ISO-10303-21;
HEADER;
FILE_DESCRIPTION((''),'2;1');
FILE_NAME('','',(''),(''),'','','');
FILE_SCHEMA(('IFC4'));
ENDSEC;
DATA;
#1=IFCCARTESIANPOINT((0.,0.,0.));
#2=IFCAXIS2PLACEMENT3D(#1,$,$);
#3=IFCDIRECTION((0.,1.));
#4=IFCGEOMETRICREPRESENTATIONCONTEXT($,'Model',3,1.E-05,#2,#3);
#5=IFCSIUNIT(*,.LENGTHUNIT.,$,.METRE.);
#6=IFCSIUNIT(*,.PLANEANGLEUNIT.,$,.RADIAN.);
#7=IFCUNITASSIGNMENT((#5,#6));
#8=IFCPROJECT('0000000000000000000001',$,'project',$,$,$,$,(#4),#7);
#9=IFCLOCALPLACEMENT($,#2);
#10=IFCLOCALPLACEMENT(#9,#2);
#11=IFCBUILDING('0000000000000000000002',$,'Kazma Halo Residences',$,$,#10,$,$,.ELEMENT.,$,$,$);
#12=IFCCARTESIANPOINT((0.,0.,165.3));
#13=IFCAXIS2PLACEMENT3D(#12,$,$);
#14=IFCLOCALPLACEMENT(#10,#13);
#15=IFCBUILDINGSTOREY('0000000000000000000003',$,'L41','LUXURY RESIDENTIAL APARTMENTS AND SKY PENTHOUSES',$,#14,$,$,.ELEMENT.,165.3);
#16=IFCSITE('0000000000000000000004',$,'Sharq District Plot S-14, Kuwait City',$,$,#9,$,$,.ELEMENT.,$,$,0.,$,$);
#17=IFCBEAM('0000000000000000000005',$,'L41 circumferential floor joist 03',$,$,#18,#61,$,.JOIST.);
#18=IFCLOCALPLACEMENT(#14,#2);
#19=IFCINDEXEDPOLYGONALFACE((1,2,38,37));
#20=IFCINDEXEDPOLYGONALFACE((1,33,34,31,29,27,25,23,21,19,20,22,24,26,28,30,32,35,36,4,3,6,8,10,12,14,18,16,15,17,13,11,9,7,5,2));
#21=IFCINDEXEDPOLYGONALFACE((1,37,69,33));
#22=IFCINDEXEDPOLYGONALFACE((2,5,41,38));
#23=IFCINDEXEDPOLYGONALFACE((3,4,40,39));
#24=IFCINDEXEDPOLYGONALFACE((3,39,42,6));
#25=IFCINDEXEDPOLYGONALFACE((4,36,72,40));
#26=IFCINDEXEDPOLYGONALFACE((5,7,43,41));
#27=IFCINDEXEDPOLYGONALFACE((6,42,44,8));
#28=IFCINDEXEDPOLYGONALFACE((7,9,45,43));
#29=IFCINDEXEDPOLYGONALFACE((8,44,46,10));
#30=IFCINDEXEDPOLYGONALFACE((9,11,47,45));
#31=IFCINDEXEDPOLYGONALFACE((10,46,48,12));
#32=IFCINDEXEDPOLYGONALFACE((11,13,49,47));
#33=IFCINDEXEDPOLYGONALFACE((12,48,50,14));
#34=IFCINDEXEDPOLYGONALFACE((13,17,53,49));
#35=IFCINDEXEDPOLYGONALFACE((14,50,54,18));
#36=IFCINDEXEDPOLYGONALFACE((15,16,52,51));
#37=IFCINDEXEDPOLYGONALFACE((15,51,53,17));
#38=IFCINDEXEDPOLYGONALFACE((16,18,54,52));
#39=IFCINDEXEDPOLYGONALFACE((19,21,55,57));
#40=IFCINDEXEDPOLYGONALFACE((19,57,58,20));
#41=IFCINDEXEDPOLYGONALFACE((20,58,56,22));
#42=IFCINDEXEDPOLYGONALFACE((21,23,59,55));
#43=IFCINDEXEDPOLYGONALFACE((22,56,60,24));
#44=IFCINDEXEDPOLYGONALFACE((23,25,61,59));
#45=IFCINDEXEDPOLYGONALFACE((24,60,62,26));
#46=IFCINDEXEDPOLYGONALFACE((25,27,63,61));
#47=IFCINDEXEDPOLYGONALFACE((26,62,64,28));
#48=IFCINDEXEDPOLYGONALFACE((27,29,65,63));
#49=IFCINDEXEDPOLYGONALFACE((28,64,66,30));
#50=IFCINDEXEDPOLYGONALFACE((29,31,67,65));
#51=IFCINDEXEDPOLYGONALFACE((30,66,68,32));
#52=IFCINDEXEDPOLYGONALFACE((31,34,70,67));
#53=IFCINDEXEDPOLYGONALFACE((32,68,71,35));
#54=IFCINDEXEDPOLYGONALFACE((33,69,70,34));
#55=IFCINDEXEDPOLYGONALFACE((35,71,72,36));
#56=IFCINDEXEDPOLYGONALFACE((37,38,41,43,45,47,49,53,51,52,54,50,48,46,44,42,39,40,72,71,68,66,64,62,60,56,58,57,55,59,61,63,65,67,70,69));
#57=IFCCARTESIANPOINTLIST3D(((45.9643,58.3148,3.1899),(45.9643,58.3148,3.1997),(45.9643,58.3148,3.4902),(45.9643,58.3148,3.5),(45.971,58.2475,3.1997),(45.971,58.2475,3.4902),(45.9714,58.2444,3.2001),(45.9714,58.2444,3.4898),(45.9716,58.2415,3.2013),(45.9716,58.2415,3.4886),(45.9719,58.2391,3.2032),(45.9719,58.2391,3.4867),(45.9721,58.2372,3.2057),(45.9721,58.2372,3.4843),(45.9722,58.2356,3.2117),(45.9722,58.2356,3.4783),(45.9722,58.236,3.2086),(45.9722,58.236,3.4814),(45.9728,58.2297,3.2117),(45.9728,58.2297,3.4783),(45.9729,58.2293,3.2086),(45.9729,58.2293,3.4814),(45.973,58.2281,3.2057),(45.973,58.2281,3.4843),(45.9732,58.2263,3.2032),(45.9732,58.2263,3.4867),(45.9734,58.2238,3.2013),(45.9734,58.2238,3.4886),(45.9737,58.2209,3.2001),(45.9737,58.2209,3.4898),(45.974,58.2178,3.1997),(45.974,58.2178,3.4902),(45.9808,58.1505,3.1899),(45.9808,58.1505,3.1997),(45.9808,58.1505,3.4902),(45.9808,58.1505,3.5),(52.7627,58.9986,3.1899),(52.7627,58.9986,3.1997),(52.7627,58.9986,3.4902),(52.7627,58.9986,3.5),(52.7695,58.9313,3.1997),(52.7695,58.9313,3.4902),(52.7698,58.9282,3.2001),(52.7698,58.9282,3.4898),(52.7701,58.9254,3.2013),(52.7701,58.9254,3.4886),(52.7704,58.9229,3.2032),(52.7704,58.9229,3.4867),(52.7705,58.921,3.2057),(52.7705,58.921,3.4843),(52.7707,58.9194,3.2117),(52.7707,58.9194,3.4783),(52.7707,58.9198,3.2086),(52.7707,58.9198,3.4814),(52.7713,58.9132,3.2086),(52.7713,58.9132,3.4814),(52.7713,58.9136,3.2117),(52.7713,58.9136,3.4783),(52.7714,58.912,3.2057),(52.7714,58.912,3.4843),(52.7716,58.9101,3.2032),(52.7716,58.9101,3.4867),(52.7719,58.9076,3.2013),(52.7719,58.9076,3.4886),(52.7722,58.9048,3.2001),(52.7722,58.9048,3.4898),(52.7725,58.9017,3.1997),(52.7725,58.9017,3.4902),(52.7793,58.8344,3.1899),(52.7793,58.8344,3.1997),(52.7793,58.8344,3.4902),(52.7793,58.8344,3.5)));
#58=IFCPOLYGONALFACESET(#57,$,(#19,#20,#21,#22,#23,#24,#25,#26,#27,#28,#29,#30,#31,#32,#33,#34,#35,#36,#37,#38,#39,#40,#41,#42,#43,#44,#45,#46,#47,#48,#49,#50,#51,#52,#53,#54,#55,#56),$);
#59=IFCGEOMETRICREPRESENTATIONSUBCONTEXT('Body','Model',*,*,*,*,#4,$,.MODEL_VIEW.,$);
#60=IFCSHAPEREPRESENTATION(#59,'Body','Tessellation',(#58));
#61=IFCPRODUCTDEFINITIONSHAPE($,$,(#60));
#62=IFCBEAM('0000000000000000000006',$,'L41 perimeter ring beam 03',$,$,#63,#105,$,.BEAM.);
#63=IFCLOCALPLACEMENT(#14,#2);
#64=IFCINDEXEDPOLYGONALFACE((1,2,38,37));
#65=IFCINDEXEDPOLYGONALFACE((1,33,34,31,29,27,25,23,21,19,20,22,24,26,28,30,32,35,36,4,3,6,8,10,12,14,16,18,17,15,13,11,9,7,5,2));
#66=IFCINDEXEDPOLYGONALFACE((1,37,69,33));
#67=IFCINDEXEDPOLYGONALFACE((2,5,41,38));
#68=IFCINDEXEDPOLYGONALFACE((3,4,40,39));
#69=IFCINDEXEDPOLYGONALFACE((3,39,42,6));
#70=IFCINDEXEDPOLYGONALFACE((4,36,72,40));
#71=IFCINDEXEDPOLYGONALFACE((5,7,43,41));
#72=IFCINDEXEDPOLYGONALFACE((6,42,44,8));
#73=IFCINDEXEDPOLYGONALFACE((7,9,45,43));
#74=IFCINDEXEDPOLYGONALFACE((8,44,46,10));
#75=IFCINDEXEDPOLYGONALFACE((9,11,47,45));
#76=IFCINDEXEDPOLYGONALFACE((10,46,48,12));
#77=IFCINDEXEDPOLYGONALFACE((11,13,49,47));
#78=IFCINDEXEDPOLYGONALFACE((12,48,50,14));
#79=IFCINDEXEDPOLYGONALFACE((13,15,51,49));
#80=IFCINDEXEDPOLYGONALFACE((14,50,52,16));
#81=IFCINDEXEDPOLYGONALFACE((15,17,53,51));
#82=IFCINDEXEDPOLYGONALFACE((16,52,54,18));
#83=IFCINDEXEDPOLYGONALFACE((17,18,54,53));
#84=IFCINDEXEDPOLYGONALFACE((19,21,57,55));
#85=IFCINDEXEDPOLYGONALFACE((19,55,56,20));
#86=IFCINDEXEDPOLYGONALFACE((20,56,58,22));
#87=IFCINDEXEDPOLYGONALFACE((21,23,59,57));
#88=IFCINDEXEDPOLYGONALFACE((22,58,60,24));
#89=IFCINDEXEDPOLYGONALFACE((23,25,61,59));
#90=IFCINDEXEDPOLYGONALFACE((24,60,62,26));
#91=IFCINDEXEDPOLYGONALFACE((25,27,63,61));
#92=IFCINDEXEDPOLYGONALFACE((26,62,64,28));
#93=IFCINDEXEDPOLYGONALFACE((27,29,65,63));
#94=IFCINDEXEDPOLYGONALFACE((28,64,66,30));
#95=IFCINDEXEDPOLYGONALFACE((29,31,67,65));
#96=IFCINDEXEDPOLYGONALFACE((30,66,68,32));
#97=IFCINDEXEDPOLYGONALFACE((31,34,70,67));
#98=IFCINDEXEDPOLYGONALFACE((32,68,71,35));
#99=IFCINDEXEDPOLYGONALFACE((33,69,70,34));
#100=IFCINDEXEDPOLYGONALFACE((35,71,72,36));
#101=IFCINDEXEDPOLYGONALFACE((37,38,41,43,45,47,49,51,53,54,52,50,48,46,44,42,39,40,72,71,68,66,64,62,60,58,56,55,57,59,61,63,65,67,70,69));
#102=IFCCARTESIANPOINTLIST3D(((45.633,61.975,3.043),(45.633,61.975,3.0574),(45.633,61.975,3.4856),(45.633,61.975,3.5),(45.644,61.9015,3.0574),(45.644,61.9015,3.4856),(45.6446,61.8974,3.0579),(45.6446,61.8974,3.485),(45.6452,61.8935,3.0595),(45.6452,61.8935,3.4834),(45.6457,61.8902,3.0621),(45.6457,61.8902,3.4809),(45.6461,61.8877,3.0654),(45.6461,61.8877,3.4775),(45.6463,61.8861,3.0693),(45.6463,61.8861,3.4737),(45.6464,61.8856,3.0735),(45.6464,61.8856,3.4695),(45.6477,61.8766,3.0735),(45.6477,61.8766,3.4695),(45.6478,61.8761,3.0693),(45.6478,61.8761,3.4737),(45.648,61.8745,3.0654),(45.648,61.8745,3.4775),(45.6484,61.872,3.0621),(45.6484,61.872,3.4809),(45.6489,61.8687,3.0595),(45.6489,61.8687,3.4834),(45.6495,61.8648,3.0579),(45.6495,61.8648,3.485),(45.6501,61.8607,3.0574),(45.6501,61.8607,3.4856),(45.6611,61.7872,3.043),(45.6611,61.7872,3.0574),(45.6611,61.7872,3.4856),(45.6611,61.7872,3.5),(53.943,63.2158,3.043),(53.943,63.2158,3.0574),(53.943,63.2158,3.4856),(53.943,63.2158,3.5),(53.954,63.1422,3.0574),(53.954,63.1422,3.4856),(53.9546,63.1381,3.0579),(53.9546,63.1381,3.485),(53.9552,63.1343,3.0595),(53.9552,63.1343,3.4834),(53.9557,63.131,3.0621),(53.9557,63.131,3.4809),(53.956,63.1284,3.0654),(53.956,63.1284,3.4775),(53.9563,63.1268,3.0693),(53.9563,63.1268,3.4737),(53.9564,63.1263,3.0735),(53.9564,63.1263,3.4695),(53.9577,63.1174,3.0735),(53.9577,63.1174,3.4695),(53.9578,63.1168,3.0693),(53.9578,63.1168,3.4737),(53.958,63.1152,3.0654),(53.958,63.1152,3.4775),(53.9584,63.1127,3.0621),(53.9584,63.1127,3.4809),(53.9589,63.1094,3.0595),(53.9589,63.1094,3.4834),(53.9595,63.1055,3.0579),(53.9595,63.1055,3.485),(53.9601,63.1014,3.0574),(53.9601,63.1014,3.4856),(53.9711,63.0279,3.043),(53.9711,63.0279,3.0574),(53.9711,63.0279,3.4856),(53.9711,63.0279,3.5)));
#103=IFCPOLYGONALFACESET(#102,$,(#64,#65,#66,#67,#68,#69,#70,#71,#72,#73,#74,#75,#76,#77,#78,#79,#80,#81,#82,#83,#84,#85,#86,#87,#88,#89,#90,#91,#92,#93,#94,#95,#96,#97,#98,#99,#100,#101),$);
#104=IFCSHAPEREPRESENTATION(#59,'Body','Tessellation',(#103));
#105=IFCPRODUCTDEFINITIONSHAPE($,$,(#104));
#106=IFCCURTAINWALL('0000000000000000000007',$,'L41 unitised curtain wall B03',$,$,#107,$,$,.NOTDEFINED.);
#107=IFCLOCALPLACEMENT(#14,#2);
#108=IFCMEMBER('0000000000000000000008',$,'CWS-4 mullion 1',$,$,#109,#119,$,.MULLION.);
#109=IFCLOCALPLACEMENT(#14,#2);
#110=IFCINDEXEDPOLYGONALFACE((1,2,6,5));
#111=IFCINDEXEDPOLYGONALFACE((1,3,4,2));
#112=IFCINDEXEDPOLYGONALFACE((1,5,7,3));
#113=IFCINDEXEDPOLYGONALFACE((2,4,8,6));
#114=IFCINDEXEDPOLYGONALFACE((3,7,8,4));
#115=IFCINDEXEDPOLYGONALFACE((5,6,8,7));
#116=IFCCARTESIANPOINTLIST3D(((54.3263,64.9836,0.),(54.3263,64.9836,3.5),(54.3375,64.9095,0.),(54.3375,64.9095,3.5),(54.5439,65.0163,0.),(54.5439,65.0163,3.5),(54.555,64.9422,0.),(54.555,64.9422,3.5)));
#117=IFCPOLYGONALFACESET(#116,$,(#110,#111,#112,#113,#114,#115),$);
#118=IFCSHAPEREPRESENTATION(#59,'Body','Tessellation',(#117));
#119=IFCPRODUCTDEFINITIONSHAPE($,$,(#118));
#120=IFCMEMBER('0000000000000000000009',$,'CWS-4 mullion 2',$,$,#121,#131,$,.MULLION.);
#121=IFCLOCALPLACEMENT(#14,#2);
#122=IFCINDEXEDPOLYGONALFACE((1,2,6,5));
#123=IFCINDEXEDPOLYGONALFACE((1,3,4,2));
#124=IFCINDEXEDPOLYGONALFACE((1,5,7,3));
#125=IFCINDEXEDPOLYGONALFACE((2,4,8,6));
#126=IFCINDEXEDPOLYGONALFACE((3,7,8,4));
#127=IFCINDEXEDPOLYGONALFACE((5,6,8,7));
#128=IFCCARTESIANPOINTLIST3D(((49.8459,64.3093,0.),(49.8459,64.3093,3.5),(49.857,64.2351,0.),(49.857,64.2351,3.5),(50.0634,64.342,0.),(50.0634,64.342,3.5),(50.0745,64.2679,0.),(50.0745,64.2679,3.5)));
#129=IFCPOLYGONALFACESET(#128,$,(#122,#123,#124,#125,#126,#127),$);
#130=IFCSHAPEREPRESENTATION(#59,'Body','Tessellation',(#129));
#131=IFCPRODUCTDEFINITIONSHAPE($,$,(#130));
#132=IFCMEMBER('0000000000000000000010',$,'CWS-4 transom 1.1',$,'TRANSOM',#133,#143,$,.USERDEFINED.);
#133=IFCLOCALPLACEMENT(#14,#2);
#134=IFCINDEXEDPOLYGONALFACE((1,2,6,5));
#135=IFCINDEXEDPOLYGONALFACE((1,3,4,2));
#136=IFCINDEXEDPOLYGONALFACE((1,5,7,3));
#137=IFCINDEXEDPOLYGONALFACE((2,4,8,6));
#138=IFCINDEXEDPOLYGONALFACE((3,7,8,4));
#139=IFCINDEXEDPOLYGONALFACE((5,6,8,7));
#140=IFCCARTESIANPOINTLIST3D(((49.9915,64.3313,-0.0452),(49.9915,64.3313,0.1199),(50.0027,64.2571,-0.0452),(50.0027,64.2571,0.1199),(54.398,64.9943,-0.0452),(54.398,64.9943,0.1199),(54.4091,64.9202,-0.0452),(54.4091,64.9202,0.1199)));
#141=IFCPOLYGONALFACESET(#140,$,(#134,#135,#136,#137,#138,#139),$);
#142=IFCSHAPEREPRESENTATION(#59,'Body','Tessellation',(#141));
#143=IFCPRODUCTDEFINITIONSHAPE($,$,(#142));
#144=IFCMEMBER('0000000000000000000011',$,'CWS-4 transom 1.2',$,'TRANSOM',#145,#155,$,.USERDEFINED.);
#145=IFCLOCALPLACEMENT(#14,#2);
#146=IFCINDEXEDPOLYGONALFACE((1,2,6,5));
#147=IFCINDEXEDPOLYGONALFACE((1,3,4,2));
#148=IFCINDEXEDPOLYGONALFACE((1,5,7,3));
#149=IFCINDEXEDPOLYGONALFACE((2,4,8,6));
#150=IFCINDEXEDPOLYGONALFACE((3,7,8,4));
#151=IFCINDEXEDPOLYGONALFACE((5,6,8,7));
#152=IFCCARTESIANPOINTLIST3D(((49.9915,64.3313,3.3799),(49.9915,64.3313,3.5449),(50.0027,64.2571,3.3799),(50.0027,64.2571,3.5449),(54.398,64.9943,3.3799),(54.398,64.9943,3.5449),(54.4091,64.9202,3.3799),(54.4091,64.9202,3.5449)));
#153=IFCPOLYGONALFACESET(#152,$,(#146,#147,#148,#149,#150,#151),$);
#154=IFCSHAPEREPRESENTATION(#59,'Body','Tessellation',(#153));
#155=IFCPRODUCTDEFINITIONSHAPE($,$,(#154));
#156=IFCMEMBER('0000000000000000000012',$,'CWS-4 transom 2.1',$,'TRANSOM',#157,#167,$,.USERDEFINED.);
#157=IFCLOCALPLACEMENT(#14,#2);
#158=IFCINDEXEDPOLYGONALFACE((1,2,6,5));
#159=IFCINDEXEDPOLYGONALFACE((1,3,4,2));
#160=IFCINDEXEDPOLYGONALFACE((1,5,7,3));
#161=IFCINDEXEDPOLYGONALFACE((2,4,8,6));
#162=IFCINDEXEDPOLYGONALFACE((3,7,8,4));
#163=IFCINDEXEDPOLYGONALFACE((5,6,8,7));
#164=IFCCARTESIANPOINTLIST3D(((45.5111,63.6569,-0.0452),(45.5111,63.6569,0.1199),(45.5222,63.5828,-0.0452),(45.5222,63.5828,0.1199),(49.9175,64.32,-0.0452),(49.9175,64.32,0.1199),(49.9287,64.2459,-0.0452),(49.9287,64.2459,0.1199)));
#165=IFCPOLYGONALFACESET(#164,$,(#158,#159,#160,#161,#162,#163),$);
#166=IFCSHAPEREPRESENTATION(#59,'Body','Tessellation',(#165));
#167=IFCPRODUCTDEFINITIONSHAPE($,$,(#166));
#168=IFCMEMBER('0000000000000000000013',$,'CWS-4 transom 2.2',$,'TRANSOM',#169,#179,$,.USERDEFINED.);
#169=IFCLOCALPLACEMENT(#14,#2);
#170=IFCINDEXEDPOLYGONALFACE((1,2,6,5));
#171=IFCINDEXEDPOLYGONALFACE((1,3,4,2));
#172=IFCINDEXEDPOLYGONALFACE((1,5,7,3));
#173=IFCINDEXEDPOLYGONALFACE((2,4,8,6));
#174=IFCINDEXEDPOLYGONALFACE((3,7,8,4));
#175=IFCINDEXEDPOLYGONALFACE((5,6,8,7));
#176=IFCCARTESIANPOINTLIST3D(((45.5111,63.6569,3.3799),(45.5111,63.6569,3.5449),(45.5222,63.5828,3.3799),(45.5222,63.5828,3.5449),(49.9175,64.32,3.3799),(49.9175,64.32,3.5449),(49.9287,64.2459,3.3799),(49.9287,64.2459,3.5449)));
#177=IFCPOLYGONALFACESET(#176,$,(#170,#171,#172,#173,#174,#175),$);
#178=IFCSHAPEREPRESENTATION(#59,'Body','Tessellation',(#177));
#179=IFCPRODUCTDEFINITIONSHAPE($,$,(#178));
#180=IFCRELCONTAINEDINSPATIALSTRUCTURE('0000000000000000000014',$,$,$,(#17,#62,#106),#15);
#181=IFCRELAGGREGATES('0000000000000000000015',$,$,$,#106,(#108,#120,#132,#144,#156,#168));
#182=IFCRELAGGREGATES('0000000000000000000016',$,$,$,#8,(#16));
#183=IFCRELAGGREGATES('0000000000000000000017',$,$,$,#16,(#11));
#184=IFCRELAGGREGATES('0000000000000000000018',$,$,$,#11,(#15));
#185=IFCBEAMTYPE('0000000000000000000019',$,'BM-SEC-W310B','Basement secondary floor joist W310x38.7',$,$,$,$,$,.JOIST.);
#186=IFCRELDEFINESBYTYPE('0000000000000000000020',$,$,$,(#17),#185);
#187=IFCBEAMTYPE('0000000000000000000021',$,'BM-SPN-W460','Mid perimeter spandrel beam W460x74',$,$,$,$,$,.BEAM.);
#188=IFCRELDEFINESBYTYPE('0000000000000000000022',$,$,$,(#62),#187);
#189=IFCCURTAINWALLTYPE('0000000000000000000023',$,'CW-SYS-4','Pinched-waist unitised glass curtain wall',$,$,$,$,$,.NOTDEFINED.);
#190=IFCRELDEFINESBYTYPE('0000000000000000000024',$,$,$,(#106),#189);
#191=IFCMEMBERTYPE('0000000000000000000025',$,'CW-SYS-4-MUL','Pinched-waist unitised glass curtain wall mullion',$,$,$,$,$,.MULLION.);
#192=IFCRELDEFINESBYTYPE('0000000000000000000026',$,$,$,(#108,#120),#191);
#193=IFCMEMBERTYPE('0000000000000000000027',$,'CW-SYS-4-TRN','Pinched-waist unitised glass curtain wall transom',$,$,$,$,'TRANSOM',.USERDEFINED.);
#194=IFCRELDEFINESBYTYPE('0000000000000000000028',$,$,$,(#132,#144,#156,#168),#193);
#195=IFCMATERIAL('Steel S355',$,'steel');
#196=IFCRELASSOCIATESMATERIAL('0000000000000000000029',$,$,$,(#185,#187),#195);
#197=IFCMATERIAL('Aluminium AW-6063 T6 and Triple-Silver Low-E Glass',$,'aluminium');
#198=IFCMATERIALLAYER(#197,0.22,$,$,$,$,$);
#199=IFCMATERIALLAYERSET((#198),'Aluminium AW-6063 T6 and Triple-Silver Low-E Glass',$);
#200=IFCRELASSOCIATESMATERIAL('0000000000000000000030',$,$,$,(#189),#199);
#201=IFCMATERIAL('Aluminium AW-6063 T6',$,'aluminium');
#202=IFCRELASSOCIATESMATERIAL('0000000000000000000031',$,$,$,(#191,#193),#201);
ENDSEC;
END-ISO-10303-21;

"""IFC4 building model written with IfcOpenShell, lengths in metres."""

from ifc_helpers import new_model, si_unit, direction, frame, origin, origin_2d, place, context, subcontext, project, spatial, rectangle, i_section, extrude, material, layer, layer_set, material_profile, profile_set, type_object, element, aggregate, save


model = new_model("IFC4")

# Units and contexts
model_context = context("Model", 3, precision=1e-05, world=origin(), true_north=direction((0.0, 1.0)))
body_context = subcontext(model_context, "Body", "Model", "MODEL_VIEW")
ifc_project = project(units=[si_unit("LENGTHUNIT", "METRE"), si_unit("PLANEANGLEUNIT", "RADIAN")], contexts=[model_context])

# Site, building, storey
site_placement = place(None, origin())
site = spatial("IfcSite", under=ifc_project, at=site_placement, Name="Sharq District Plot S-14, Kuwait City", CompositionType="ELEMENT", RefElevation=0.0)
building_placement = place(site_placement, origin())
building = spatial("IfcBuilding", under=site, at=building_placement, Name="Kazma Halo Residences", CompositionType="ELEMENT")
storey_placement = place(building_placement, frame((0.0, 0.0, 165.3)))
storey = spatial("IfcBuildingStorey", under=building, at=storey_placement, Name="L41", Description="LUXURY RESIDENTIAL APARTMENTS AND SKY PENTHOUSES", CompositionType="ELEMENT", Elevation=165.3)

# Beams
ifc_material_1 = material(Name="Steel S355", Category="steel")
ifc_material_profile_1 = material_profile(ifc_material_1, i_section(OverallWidth=0.165, OverallDepth=0.3101, WebThickness=0.0059, FlangeThickness=0.0098, FilletRadius=0.012, at=origin_2d()), Name="W310x38.7")
ifc_profile_set_1 = profile_set([ifc_material_profile_1], Name="Steel S355")
beam_type_1 = type_object("IfcBeamType", Name="BM-SEC-W310B", Description="Basement secondary floor joist W310x38.7", PredefinedType="JOIST", material=ifc_profile_set_1)
beam_1_placement = place(storey_placement, frame((52.771, 58.9165, 3.345), z_axis=(-0.994979, -0.100084, 0.0), x_axis=(0.100084, -0.994979, 0.0)))
element("IfcBeam", 1, at=beam_1_placement, inside=storey, type_object=beam_type_1, Name="L41 circumferential floor joist 03", PredefinedType="JOIST", context=body_context, shape_type="SweptSolid", body=[
    extrude(i_section(OverallWidth=0.165, OverallDepth=0.3101, WebThickness=0.0059, FlangeThickness=0.0098, FilletRadius=0.012, at=origin_2d()), origin(), (0.0, 0.0, 1.0), 6.8328),
])
ifc_material_profile_2 = material_profile(ifc_material_1, i_section(OverallWidth=0.1899, OverallDepth=0.457, WebThickness=0.009, FlangeThickness=0.0144, FilletRadius=0.0161, at=origin_2d()), Name="W460x74")
ifc_profile_set_2 = profile_set([ifc_material_profile_2], Name="Steel S355")
beam_type_2 = type_object("IfcBeamType", Name="BM-SPN-W460", Description="Mid perimeter spandrel beam W460x74", PredefinedType="BEAM", material=ifc_profile_set_2)
beam_2_placement = place(storey_placement, frame((53.957, 63.1218, 3.2715), z_axis=(-0.989037, -0.147667, 0.0), x_axis=(0.147667, -0.989037, 0.0)))
element("IfcBeam", 2, at=beam_2_placement, inside=storey, type_object=beam_type_2, Name="L41 perimeter ring beam 03", PredefinedType="BEAM", context=body_context, shape_type="SweptSolid", body=[
    extrude(i_section(OverallWidth=0.1899, OverallDepth=0.457, WebThickness=0.009, FlangeThickness=0.0144, FilletRadius=0.0161, at=origin_2d()), origin(), (0.0, 0.0, 1.0), 8.4021),
])

# Curtain wall, members
ifc_material_2 = material(Name="Aluminium AW-6063 T6 and Triple-Silver Low-E Glass", Category="aluminium")
ifc_layer_1 = layer(ifc_material_2, 0.22)
ifc_layer_set_1 = layer_set([ifc_layer_1], Name="Aluminium AW-6063 T6 and Triple-Silver Low-E Glass")
curtain_wall_type = type_object("IfcCurtainWallType", Name="CW-SYS-4", Description="Pinched-waist unitised glass curtain wall", PredefinedType="NOTDEFINED", material=ifc_layer_set_1)
curtain_wall_placement = place(storey_placement, origin())
curtain_wall = element("IfcCurtainWall", 3, at=curtain_wall_placement, inside=storey, type_object=curtain_wall_type, Name="L41 unitised curtain wall B03", PredefinedType="NOTDEFINED")
ifc_material_3 = material(Name="Aluminium AW-6063 T6", Category="aluminium")
ifc_material_profile_3 = material_profile(ifc_material_3, rectangle(XDim=0.075, YDim=0.22, at=origin_2d()), Name="CWM-75x220")
ifc_profile_set_3 = profile_set([ifc_material_profile_3], Name="Aluminium AW-6063 T6")
member_type_1 = type_object("IfcMemberType", Name="CW-SYS-4-MUL", Description="Pinched-waist unitised glass curtain wall mullion", PredefinedType="MULLION", material=ifc_profile_set_3)
member_1_placement = place(storey_placement, frame((54.4407, 64.9629, 0.0), z_axis=(0.0, 0.0, 1.0), x_axis=(0.148821, -0.988864, 0.0)))
member_1 = element("IfcMember", 4, at=member_1_placement, type_object=member_type_1, Name="CWS-4 mullion 1", PredefinedType="MULLION", context=body_context, shape_type="SweptSolid", body=[
    extrude(rectangle(XDim=0.075, YDim=0.22, at=origin_2d()), origin(), (0.0, 0.0, 1.0), 3.5),
])
member_2_placement = place(storey_placement, frame((49.9602, 64.2886, 0.0), z_axis=(0.0, 0.0, 1.0), x_axis=(0.148821, -0.988864, 0.0)))
member_2 = element("IfcMember", 5, at=member_2_placement, type_object=member_type_1, Name="CWS-4 mullion 2", PredefinedType="MULLION", context=body_context, shape_type="SweptSolid", body=[
    extrude(rectangle(XDim=0.075, YDim=0.22, at=origin_2d()), origin(), (0.0, 0.0, 1.0), 3.5),
])
ifc_material_profile_4 = material_profile(ifc_material_3, rectangle(XDim=0.075, YDim=0.165, at=origin_2d()), Name="CWT-75x165")
ifc_profile_set_4 = profile_set([ifc_material_profile_4], Name="Aluminium AW-6063 T6")
member_type_2 = type_object("IfcMemberType", Name="CW-SYS-4-TRN", Description="Pinched-waist unitised glass curtain wall transom", ElementType="TRANSOM", PredefinedType="USERDEFINED", material=ifc_profile_set_4)
member_3_placement = place(storey_placement, frame((54.4036, 64.9573, 0.0374), z_axis=(-0.988867, -0.148804, 0.0), x_axis=(0.148804, -0.988867, 0.0)))
member_3 = element("IfcMember", 6, at=member_3_placement, type_object=member_type_2, Name="CWS-4 transom 1.1", ObjectType="TRANSOM", PredefinedType="USERDEFINED", context=body_context, shape_type="SweptSolid", body=[
    extrude(rectangle(XDim=0.075, YDim=0.165, at=origin_2d()), origin(), (0.0, 0.0, 1.0), 4.4561),
])
member_4_placement = place(storey_placement, frame((54.4036, 64.9573, 3.4624), z_axis=(-0.988867, -0.148804, 0.0), x_axis=(0.148804, -0.988867, 0.0)))
member_4 = element("IfcMember", 7, at=member_4_placement, type_object=member_type_2, Name="CWS-4 transom 1.2", ObjectType="TRANSOM", PredefinedType="USERDEFINED", context=body_context, shape_type="SweptSolid", body=[
    extrude(rectangle(XDim=0.075, YDim=0.165, at=origin_2d()), origin(), (0.0, 0.0, 1.0), 4.4561),
])
member_5_placement = place(storey_placement, frame((49.9231, 64.283, 0.0374), z_axis=(-0.988867, -0.148804, 0.0), x_axis=(0.148804, -0.988867, 0.0)))
member_5 = element("IfcMember", 8, at=member_5_placement, type_object=member_type_2, Name="CWS-4 transom 2.1", ObjectType="TRANSOM", PredefinedType="USERDEFINED", context=body_context, shape_type="SweptSolid", body=[
    extrude(rectangle(XDim=0.075, YDim=0.165, at=origin_2d()), origin(), (0.0, 0.0, 1.0), 4.4561),
])
member_6_placement = place(storey_placement, frame((49.9231, 64.283, 3.4624), z_axis=(-0.988867, -0.148804, 0.0), x_axis=(0.148804, -0.988867, 0.0)))
member_6 = element("IfcMember", 9, at=member_6_placement, type_object=member_type_2, Name="CWS-4 transom 2.2", ObjectType="TRANSOM", PredefinedType="USERDEFINED", context=body_context, shape_type="SweptSolid", body=[
    extrude(rectangle(XDim=0.075, YDim=0.165, at=origin_2d()), origin(), (0.0, 0.0, 1.0), 4.4561),
])
aggregate(curtain_wall, [member_1, member_2, member_3, member_4, member_5, member_6])

save(model, "model.ifc")
